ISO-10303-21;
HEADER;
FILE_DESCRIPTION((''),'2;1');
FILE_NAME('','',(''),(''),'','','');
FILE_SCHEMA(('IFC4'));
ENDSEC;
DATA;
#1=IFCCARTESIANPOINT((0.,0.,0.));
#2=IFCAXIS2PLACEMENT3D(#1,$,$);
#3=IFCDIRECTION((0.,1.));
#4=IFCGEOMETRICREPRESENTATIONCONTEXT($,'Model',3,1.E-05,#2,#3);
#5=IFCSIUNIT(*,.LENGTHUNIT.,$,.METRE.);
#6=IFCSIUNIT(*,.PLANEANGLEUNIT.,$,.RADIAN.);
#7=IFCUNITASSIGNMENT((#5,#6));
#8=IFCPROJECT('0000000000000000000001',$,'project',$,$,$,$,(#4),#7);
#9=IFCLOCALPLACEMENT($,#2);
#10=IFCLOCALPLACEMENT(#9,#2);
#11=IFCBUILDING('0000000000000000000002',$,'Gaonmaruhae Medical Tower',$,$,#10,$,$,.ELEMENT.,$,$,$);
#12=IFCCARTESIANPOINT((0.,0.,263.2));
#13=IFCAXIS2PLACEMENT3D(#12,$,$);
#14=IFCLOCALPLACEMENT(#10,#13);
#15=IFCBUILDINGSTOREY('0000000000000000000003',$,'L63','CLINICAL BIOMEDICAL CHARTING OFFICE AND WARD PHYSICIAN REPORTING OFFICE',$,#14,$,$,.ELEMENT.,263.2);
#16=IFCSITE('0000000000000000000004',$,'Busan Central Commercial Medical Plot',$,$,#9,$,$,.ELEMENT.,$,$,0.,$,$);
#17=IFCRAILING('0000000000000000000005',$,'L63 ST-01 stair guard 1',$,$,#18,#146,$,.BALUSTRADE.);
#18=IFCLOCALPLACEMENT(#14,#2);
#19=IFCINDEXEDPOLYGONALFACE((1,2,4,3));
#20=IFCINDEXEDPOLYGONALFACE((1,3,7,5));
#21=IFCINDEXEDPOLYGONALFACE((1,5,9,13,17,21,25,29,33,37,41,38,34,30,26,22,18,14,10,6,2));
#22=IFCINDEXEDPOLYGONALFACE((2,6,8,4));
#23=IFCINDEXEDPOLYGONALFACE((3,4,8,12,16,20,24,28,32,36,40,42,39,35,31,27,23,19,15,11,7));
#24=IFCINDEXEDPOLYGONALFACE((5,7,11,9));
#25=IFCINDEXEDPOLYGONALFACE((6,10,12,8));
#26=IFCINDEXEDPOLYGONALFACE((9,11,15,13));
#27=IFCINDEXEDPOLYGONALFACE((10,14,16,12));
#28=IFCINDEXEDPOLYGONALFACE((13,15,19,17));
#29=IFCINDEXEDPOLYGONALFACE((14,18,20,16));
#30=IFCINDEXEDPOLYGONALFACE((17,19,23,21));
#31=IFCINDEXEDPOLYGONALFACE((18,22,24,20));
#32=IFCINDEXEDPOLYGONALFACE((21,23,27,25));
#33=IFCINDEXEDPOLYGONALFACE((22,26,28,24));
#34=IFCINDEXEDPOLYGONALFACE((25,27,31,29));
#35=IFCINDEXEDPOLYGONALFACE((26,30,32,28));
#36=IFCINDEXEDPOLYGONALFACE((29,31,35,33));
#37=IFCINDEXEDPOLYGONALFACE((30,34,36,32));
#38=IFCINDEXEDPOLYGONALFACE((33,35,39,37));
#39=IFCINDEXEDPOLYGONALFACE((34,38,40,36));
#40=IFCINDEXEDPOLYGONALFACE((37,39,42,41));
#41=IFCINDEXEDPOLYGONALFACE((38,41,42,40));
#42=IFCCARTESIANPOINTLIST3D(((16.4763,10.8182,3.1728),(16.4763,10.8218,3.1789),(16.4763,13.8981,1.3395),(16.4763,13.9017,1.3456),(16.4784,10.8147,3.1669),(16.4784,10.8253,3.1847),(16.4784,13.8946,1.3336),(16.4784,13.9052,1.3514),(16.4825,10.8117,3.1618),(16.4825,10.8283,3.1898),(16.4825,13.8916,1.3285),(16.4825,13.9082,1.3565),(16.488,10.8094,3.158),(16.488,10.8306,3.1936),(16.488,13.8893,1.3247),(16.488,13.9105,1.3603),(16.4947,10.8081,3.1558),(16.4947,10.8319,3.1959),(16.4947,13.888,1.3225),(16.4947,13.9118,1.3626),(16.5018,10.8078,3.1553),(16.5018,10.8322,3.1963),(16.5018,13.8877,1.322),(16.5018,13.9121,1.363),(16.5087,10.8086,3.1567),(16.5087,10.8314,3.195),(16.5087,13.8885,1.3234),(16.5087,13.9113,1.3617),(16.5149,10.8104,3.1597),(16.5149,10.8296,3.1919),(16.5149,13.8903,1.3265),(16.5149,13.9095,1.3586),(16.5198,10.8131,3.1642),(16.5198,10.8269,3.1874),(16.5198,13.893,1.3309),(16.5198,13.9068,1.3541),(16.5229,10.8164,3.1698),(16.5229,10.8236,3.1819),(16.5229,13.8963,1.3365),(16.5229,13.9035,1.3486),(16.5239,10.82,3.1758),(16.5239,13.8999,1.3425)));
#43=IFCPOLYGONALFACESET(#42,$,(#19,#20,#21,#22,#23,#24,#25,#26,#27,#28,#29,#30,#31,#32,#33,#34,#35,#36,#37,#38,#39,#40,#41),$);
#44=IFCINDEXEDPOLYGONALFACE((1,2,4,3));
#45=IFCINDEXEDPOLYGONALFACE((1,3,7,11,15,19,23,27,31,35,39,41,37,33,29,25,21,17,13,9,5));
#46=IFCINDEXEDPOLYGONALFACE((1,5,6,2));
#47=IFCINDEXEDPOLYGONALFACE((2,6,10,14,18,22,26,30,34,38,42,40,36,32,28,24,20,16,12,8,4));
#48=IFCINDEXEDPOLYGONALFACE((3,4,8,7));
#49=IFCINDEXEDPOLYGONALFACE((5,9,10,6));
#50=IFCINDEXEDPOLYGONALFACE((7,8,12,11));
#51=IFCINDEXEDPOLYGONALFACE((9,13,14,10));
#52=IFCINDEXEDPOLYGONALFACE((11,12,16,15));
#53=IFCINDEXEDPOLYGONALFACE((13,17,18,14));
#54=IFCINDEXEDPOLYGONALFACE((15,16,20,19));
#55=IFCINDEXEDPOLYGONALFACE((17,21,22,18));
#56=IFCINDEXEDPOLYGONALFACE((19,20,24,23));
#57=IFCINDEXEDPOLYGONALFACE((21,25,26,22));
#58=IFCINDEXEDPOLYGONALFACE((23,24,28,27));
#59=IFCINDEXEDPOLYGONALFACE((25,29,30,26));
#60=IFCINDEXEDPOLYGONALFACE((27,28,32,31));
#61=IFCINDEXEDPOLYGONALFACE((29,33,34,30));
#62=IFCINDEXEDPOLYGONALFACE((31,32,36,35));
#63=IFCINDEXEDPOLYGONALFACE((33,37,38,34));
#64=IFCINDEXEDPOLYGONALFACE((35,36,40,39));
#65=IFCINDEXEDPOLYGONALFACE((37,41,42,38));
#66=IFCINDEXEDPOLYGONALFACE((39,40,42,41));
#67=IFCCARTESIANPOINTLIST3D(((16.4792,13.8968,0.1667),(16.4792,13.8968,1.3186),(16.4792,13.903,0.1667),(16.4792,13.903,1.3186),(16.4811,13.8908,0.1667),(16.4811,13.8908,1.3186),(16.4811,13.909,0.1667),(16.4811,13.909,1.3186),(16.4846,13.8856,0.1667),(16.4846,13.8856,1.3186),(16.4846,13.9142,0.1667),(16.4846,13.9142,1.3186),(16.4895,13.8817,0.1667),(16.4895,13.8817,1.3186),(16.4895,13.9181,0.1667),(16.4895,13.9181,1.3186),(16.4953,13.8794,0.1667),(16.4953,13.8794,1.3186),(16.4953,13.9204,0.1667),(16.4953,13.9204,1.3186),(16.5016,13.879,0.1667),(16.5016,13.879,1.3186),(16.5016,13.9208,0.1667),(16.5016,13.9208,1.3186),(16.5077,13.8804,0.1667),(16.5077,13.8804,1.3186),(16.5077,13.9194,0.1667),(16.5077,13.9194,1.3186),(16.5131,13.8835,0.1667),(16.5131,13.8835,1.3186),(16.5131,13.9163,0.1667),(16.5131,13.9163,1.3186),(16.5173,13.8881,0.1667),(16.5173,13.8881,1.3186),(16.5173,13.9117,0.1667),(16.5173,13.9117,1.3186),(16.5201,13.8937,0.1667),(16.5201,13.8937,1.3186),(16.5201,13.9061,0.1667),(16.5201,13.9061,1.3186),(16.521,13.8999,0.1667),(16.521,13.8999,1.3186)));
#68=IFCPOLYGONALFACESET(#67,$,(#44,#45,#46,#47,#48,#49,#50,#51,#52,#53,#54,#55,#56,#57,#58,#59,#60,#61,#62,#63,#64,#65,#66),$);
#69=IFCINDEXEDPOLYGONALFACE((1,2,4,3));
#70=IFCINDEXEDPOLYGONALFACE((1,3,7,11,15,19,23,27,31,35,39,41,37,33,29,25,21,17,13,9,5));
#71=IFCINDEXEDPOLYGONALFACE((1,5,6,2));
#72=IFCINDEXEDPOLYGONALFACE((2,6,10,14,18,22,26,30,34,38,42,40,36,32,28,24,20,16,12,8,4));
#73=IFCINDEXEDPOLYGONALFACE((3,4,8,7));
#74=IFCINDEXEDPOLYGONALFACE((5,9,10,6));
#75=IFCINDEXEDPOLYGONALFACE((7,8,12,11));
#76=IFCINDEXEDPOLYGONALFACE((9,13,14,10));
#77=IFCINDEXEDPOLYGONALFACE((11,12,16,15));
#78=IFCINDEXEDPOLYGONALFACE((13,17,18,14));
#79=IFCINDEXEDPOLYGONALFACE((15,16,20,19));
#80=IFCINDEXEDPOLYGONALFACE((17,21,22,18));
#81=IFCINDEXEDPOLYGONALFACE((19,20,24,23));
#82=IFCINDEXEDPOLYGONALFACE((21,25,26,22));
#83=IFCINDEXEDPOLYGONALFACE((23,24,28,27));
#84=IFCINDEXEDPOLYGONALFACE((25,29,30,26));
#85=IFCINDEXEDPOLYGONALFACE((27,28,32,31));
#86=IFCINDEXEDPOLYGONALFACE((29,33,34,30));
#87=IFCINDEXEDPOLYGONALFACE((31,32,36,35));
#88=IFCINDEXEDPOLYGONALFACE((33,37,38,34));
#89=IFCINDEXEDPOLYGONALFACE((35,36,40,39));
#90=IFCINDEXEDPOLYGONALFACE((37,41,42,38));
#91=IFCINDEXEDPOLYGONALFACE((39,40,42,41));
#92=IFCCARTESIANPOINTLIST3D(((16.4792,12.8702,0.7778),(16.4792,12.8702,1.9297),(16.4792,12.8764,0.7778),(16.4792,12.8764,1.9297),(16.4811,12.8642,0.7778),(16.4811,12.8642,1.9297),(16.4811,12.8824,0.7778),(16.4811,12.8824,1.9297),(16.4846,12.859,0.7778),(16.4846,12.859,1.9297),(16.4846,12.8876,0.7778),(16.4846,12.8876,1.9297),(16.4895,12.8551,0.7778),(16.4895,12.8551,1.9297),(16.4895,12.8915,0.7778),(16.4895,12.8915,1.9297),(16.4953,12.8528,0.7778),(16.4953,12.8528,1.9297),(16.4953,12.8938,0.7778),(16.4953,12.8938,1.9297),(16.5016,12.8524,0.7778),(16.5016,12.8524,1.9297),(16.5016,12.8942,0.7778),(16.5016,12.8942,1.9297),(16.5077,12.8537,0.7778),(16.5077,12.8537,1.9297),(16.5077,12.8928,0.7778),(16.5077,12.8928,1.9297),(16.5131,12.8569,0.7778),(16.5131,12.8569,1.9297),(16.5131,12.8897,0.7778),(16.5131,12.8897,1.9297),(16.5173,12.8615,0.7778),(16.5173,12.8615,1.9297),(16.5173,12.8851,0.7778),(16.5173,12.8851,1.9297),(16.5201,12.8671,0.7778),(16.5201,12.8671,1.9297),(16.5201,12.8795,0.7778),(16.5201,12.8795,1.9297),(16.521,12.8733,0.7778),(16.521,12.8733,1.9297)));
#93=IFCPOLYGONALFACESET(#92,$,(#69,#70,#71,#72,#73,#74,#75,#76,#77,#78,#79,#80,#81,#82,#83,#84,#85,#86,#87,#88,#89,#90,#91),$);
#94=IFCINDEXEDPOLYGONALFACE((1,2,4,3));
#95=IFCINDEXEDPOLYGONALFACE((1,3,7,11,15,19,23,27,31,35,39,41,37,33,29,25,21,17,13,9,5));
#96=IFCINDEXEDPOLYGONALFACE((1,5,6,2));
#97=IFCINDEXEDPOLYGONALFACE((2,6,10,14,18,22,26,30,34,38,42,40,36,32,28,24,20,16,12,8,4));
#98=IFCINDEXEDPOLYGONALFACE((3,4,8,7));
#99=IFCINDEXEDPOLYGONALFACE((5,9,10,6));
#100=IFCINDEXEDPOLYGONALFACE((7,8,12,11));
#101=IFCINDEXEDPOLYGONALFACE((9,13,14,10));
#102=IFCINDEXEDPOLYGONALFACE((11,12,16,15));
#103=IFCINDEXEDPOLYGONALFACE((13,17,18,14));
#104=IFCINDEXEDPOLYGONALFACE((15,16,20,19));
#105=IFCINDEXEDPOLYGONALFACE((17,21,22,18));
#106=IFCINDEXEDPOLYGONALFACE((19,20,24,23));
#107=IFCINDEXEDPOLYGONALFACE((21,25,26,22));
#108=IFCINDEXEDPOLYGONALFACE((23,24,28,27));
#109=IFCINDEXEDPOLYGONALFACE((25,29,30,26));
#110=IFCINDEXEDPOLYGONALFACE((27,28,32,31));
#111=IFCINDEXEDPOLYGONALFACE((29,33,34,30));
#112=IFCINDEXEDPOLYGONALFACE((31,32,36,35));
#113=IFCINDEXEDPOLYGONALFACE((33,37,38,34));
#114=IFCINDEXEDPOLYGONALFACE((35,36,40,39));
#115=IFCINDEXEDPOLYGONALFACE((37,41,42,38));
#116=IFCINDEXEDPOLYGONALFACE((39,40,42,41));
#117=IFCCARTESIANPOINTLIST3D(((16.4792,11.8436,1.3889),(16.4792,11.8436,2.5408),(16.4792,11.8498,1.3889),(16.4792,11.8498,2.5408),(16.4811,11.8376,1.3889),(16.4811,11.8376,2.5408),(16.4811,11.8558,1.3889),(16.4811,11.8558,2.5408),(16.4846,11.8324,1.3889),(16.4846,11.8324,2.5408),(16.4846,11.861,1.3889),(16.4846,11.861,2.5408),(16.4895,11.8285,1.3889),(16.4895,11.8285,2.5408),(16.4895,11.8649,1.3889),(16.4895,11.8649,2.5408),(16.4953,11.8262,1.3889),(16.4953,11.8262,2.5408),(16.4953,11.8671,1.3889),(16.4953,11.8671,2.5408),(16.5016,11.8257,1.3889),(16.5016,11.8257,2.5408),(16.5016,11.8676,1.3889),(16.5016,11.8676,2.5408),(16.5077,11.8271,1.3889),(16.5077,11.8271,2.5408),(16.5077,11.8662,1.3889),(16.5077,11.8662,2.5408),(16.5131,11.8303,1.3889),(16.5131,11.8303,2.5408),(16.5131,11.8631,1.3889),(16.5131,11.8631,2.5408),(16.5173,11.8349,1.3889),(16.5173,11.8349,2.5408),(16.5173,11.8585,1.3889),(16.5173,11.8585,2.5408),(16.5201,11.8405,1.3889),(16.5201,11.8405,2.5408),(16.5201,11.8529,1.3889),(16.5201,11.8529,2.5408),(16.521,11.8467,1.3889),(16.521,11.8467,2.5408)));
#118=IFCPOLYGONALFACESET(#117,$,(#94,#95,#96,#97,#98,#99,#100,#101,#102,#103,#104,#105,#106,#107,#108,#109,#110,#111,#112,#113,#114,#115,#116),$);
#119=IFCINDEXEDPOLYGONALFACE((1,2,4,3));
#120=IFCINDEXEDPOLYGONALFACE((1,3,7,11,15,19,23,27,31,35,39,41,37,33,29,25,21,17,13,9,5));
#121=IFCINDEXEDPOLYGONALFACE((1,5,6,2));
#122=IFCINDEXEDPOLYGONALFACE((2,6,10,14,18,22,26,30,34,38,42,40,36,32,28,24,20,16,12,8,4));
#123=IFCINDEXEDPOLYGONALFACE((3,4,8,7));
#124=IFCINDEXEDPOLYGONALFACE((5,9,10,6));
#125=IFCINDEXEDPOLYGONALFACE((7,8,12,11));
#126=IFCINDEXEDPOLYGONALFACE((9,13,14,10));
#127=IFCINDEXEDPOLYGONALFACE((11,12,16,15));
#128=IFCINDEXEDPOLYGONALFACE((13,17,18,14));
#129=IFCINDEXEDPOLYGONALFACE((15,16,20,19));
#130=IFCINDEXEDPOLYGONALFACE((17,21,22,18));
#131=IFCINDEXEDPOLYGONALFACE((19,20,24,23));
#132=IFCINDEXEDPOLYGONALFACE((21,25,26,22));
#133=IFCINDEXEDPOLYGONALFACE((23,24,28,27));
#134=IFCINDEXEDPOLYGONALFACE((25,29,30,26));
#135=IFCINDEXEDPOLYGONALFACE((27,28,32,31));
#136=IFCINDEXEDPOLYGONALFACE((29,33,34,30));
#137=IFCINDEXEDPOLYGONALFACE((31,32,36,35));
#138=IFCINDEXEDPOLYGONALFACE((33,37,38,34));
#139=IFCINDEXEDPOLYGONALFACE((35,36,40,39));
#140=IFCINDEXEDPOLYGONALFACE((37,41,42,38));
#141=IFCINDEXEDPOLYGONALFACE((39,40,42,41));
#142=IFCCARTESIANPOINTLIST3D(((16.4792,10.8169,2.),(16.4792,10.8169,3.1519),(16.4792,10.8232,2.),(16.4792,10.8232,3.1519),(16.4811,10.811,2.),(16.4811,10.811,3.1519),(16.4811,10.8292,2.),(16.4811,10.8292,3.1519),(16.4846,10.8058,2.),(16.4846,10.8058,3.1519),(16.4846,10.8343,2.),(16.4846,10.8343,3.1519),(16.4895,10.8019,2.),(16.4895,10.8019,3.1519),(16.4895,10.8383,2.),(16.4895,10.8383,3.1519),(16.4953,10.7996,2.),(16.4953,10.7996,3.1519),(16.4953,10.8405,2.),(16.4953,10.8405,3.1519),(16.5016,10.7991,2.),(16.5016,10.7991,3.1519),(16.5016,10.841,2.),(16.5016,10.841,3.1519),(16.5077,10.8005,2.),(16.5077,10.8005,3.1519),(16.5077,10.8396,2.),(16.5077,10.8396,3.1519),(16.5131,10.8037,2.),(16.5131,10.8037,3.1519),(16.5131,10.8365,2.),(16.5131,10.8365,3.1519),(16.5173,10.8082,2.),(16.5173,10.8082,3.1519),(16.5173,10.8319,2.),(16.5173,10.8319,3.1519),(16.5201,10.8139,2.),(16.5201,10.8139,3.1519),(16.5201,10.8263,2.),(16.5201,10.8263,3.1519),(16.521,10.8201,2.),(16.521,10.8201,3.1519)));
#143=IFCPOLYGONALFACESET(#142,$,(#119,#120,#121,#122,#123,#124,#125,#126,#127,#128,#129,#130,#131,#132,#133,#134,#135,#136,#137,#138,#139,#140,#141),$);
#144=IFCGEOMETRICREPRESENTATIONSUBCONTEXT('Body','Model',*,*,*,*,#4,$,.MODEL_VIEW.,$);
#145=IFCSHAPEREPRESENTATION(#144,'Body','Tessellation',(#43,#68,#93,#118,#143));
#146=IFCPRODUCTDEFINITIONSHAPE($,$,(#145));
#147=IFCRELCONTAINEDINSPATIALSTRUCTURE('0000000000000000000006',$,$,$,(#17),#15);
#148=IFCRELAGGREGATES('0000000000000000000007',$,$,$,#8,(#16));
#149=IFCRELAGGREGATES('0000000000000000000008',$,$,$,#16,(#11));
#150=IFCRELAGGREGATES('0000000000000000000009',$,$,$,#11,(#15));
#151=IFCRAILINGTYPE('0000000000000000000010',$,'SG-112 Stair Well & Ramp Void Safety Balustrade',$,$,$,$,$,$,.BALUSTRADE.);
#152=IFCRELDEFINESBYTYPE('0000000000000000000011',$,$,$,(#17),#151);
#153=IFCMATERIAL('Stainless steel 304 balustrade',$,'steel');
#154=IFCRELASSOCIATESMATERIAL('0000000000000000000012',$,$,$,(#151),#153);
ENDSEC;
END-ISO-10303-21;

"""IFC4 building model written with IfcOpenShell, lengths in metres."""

from ifc_helpers import new_model, si_unit, direction, frame, origin, origin_2d, place, context, subcontext, project, spatial, circle, extrude, material, type_object, element, save


model = new_model("IFC4")

# Units and contexts
model_context = context("Model", 3, precision=1e-05, world=origin(), true_north=direction((0.0, 1.0)))
body_context = subcontext(model_context, "Body", "Model", "MODEL_VIEW")
ifc_project = project(units=[si_unit("LENGTHUNIT", "METRE"), si_unit("PLANEANGLEUNIT", "RADIAN")], contexts=[model_context])

# Site, building, storey
site_placement = place(None, origin())
site = spatial("IfcSite", under=ifc_project, at=site_placement, Name="Busan Central Commercial Medical Plot", CompositionType="ELEMENT", RefElevation=0.0)
building_placement = place(site_placement, origin())
building = spatial("IfcBuilding", under=site, at=building_placement, Name="Gaonmaruhae Medical Tower", CompositionType="ELEMENT")
storey_placement = place(building_placement, frame((0.0, 0.0, 263.2)))
storey = spatial("IfcBuildingStorey", under=building, at=storey_placement, Name="L63", Description="CLINICAL BIOMEDICAL CHARTING OFFICE AND WARD PHYSICIAN REPORTING OFFICE", CompositionType="ELEMENT", Elevation=263.2)

# Railing
ifc_material_1 = material(Name="Stainless steel 304 balustrade", Category="steel")
railing_type_1 = type_object("IfcRailingType", Name="SG-112 Stair Well & Ramp Void Safety Balustrade", PredefinedType="BALUSTRADE", material=ifc_material_1)
railing_1_placement = place(storey_placement, frame((16.5, 13.8999, 0.1667)))
element("IfcRailing", 1, at=railing_1_placement, inside=storey, type_object=railing_type_1, Name="L63 ST-01 stair guard 1", PredefinedType="BALUSTRADE", context=body_context, shape_type="SweptSolid", body=[
    extrude(circle(Radius=0.0239, at=origin_2d()), frame((0.0, 0.0, 1.1758), z_axis=(0.0, -0.859291, 0.511487), x_axis=(1.0, 0.0, 0.0)), (0.0, 0.0, 1.0), 3.5842),
    extrude(circle(Radius=0.021, at=origin_2d()), origin(), (0.0, 0.0, 1.0), 1.1519),
    extrude(circle(Radius=0.021, at=origin_2d()), frame((0.0, -1.0266, 0.6111)), (0.0, 0.0, 1.0), 1.1519),
    extrude(circle(Radius=0.021, at=origin_2d()), frame((0.0, -2.0532, 1.2222)), (0.0, 0.0, 1.0), 1.1519),
    extrude(circle(Radius=0.021, at=origin_2d()), frame((0.0, -3.0798, 1.8333)), (0.0, 0.0, 1.0), 1.1519),
])

save(model, "model.ifc")
